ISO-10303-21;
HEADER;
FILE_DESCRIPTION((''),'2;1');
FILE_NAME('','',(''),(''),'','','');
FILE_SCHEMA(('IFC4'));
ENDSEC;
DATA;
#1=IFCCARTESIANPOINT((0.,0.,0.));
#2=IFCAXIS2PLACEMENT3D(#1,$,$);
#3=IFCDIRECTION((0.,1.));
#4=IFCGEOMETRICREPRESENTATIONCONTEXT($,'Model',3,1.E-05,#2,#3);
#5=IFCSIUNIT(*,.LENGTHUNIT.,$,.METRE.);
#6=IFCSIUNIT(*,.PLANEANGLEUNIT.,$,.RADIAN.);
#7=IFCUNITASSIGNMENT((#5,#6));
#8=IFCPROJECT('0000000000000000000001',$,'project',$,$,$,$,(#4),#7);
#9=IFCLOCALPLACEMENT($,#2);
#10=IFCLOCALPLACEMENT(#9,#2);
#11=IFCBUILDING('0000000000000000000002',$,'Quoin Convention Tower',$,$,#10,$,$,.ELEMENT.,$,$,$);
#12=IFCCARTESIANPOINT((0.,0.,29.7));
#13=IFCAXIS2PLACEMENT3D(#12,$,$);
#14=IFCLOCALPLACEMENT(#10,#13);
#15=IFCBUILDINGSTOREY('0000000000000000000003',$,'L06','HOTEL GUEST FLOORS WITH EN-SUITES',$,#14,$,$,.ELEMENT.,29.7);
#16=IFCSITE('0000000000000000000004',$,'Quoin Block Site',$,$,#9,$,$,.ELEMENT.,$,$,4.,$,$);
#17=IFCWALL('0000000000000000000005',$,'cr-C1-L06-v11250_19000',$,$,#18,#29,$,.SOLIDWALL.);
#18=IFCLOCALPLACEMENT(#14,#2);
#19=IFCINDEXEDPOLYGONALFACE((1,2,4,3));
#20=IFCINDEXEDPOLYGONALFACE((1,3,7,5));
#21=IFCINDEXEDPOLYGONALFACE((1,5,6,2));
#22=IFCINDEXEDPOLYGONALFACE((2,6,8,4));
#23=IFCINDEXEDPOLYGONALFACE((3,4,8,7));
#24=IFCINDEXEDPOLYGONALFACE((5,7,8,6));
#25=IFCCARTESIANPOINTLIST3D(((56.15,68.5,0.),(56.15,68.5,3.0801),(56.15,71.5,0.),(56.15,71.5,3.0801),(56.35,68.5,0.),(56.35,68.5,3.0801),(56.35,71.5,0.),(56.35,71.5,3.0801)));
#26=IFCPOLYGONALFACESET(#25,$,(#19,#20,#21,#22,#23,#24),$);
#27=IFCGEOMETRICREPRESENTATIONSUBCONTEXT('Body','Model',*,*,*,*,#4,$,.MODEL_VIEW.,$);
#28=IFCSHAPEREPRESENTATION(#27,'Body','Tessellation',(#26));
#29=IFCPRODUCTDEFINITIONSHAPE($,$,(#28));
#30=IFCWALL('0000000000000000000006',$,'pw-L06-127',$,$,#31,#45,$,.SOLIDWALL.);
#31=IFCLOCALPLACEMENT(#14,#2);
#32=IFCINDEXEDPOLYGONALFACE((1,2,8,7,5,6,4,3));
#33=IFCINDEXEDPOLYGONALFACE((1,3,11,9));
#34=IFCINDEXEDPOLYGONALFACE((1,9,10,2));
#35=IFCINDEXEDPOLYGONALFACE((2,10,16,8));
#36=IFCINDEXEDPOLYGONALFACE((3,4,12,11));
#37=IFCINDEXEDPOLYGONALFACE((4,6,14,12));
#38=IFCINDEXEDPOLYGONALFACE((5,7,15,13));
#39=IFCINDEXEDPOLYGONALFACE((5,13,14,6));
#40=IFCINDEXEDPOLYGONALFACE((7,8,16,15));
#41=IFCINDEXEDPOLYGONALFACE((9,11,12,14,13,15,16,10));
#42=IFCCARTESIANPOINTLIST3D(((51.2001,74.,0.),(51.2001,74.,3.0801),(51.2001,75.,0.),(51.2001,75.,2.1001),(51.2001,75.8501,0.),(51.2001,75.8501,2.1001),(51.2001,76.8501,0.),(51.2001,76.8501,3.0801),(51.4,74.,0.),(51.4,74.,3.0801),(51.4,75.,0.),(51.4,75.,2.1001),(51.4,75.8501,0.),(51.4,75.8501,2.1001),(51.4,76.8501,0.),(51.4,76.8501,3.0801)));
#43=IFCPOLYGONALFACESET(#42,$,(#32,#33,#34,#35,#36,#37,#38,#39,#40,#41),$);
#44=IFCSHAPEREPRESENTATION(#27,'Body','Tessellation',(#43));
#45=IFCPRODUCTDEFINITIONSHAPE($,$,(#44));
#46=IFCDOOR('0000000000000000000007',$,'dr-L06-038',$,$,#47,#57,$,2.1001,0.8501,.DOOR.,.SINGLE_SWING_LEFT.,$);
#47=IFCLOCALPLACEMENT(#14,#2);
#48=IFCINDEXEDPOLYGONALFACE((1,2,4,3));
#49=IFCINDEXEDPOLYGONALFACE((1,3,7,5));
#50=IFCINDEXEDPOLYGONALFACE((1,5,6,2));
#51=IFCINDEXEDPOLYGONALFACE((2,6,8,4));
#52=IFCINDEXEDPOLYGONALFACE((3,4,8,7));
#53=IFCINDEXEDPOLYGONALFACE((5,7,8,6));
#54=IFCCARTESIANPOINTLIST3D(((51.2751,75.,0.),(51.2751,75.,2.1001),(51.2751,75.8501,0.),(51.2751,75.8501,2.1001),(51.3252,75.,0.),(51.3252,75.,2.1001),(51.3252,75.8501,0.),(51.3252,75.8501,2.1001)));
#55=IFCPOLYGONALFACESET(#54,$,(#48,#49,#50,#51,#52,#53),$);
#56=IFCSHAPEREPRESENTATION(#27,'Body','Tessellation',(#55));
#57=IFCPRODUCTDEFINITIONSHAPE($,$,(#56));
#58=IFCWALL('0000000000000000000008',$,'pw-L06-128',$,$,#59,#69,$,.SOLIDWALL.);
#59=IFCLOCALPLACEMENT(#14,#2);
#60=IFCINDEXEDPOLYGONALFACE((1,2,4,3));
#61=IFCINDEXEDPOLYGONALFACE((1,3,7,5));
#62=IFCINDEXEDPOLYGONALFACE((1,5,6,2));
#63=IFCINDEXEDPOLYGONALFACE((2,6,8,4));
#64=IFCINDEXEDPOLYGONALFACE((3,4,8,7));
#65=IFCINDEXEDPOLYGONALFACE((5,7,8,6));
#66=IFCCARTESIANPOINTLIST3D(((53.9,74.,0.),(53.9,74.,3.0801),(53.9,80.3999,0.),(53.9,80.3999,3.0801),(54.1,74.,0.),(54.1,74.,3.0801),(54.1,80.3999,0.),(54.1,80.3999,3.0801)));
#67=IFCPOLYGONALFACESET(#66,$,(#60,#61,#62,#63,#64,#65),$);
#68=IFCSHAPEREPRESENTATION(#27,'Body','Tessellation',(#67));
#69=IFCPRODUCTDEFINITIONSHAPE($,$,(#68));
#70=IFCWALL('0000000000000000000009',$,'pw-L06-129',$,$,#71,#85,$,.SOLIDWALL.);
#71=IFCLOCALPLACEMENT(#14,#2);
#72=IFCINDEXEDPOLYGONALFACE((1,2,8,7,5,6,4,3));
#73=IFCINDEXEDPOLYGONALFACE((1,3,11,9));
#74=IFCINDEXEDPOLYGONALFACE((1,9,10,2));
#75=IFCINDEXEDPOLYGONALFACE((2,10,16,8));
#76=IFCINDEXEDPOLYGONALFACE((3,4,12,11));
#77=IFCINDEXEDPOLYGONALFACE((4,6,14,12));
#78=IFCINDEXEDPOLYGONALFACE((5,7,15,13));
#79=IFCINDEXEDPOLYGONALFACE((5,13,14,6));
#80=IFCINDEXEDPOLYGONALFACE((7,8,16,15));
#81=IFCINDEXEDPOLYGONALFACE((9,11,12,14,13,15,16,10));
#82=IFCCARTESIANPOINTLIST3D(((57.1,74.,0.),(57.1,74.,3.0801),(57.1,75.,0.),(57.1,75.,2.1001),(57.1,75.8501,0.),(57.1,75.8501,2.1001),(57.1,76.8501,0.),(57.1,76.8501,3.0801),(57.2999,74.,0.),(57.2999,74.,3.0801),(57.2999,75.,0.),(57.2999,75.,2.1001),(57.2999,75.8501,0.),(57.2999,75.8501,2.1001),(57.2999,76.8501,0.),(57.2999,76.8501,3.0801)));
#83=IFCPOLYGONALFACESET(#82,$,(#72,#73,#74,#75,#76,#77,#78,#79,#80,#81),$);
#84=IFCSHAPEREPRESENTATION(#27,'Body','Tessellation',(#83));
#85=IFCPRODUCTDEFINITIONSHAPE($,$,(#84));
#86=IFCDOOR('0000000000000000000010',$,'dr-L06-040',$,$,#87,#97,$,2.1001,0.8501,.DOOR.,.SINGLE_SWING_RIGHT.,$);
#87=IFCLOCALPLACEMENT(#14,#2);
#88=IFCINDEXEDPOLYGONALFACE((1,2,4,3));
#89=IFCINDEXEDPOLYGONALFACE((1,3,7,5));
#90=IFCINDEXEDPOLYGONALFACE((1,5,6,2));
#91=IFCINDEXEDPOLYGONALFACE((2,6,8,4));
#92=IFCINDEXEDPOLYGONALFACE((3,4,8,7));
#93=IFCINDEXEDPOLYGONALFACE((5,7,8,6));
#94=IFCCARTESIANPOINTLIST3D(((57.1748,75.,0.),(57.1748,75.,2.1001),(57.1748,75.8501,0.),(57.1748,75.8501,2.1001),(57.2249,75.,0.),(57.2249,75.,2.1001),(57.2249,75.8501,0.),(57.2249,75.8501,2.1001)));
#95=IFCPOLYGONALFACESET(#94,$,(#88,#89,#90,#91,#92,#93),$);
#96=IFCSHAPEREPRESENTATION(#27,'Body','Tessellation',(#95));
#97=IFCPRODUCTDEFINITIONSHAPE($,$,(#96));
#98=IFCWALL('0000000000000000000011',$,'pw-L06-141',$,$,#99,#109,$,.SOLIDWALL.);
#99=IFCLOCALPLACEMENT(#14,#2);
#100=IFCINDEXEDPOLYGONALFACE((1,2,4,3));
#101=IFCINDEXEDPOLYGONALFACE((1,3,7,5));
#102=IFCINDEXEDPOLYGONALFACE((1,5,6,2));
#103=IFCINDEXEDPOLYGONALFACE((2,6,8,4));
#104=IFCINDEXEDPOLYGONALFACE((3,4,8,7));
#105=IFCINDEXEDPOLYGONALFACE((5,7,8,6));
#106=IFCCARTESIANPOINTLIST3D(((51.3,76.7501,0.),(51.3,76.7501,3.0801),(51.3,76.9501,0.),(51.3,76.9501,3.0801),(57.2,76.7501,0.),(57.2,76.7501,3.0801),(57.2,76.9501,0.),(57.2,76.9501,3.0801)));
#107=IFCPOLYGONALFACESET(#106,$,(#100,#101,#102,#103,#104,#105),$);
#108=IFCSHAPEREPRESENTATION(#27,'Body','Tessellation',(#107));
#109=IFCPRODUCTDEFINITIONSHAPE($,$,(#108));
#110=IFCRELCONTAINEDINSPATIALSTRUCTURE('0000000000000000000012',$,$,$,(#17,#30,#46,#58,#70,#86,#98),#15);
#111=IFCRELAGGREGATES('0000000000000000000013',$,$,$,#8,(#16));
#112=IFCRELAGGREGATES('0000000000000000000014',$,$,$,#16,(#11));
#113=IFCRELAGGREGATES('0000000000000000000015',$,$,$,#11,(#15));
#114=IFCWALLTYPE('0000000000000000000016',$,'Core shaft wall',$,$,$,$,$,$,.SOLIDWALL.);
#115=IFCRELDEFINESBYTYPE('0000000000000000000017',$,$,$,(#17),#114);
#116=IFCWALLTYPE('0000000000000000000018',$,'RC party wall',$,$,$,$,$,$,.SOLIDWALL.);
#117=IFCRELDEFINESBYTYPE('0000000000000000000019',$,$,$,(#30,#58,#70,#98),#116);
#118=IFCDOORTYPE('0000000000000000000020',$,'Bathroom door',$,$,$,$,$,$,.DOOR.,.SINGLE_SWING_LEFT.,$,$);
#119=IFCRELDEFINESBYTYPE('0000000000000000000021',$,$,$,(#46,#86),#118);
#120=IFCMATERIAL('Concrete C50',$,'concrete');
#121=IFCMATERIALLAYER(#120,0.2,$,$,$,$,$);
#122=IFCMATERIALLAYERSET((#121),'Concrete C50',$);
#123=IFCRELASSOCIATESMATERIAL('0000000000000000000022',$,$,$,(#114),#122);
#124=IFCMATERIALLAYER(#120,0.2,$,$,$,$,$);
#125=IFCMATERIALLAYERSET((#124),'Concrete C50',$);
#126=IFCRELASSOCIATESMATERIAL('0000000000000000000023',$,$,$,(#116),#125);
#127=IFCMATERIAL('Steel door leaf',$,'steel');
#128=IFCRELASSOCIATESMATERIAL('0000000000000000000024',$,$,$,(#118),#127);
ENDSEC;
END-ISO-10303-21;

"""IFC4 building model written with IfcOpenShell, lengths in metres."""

from ifc_helpers import new_model, si_unit, direction, frame, frame_2d, origin, place, context, subcontext, project, spatial, rectangle, extrude, material, layer, layer_set, type_object, element, fill, save


model = new_model("IFC4")

# Units and contexts
model_context = context("Model", 3, precision=1e-05, world=origin(), true_north=direction((0.0, 1.0)))
body_context = subcontext(model_context, "Body", "Model", "MODEL_VIEW")
ifc_project = project(units=[si_unit("LENGTHUNIT", "METRE"), si_unit("PLANEANGLEUNIT", "RADIAN")], contexts=[model_context])

# Site, building, storey
site_placement = place(None, origin())
site = spatial("IfcSite", under=ifc_project, at=site_placement, Name="Quoin Block Site", CompositionType="ELEMENT", RefElevation=4.0)
building_placement = place(site_placement, origin())
building = spatial("IfcBuilding", under=site, at=building_placement, Name="Quoin Convention Tower", CompositionType="ELEMENT")
storey_placement = place(building_placement, frame((0.0, 0.0, 29.7)))
storey = spatial("IfcBuildingStorey", under=building, at=storey_placement, Name="L06", Description="HOTEL GUEST FLOORS WITH EN-SUITES", CompositionType="ELEMENT", Elevation=29.7)

# Shared definitions
ifc_material_1 = material(Name="Concrete C50", Category="concrete")
ifc_layer_1 = layer(ifc_material_1, 0.2)
ifc_layer_set_1 = layer_set([ifc_layer_1], Name="Concrete C50")
wall_type_1 = type_object("IfcWallType", Name="Core shaft wall", PredefinedType="SOLIDWALL", material=ifc_layer_set_1)

# Shared definitions
ifc_material_2 = material(Name="Steel door leaf", Category="steel")

# Wall
for number, where, z_axis, x_axis, name in (
    (1, (56.25, 68.5, 0.0), (0.0, 0.0, 1.0), (0.0, 1.0, 0.0), "cr-C1-L06-v11250_19000"),
):
    element("IfcWall", number, at=place(storey_placement, frame(where, z_axis=z_axis, x_axis=x_axis)), inside=storey, type_object=wall_type_1, Name=name, PredefinedType="SOLIDWALL", context=body_context, shape_type="SweptSolid", body=[
        extrude(rectangle(XDim=3.0, YDim=0.2, at=frame_2d((1.5, 0.0))), origin(), (0.0, 0.0, 1.0), 3.0801),
    ])

# Wall, opening, door
ifc_layer_2 = layer(ifc_material_1, 0.2)
ifc_layer_set_2 = layer_set([ifc_layer_2], Name="Concrete C50")
wall_type_2 = type_object("IfcWallType", Name="RC party wall", PredefinedType="SOLIDWALL", material=ifc_layer_set_2)
wall_1_placement = place(storey_placement, frame((51.3, 74.0, 0.0), z_axis=(0.0, 0.0, 1.0), x_axis=(0.0, 1.0, 0.0)))
wall_1 = element("IfcWall", 2, at=wall_1_placement, inside=storey, type_object=wall_type_2, Name="pw-L06-127", PredefinedType="SOLIDWALL", context=body_context, shape_type="SweptSolid", body=[
    extrude(rectangle(XDim=2.8501, YDim=0.2, at=frame_2d((1.425, 0.0))), origin(), (0.0, 0.0, 1.0), 3.0801),
])
opening_1_placement = place(wall_1_placement, frame((1.0, 0.0, 0.0)))
opening_1 = element("IfcOpeningElement", 3, at=opening_1_placement, cuts=wall_1, PredefinedType="OPENING", context=body_context, shape_type="SweptSolid", body=[
    extrude(rectangle(XDim=0.8501, YDim=2.1001, at=frame_2d((0.425, 1.05))), frame((0.0, 0.1099, 0.0), z_axis=(0.0, -1.0, 0.0), x_axis=(1.0, 0.0, 0.0)), (0.0, 0.0, 1.0), 0.22),
])
door_type_1 = type_object("IfcDoorType", Name="Bathroom door", OperationType="SINGLE_SWING_LEFT", PredefinedType="DOOR", material=ifc_material_2)
door_1_placement = place(opening_1_placement, origin())
door_1 = element("IfcDoor", 4, at=door_1_placement, inside=storey, type_object=door_type_1, Name="dr-L06-038", OperationType="SINGLE_SWING_LEFT", OverallHeight=2.1001, OverallWidth=0.8501, PredefinedType="DOOR", context=body_context, shape_type="SweptSolid", body=[
    extrude(rectangle(XDim=0.8501, YDim=2.1001, at=frame_2d((0.425, 1.05))), frame((0.0, 0.0249, 0.0), z_axis=(0.0, -1.0, 0.0), x_axis=(1.0, 0.0, 0.0)), (0.0, 0.0, 1.0), 0.05),
])
fill(opening_1, door_1)

# Wall
wall_2_placement = place(storey_placement, frame((54.0, 74.0, 0.0), z_axis=(0.0, 0.0, 1.0), x_axis=(0.0, 1.0, 0.0)))
element("IfcWall", 5, at=wall_2_placement, inside=storey, type_object=wall_type_2, Name="pw-L06-128", PredefinedType="SOLIDWALL", context=body_context, shape_type="SweptSolid", body=[
    extrude(rectangle(XDim=6.3999, YDim=0.2, at=frame_2d((3.2, 0.0))), origin(), (0.0, 0.0, 1.0), 3.0801),
])

# Wall, opening, door
wall_3_placement = place(storey_placement, frame((57.2, 74.0, 0.0), z_axis=(0.0, 0.0, 1.0), x_axis=(0.0, 1.0, 0.0)))
wall_3 = element("IfcWall", 6, at=wall_3_placement, inside=storey, type_object=wall_type_2, Name="pw-L06-129", PredefinedType="SOLIDWALL", context=body_context, shape_type="SweptSolid", body=[
    extrude(rectangle(XDim=2.8501, YDim=0.2, at=frame_2d((1.425, 0.0))), origin(), (0.0, 0.0, 1.0), 3.0801),
])
opening_2_placement = place(wall_3_placement, frame((1.0, 0.0, 0.0)))
opening_2 = element("IfcOpeningElement", 7, at=opening_2_placement, cuts=wall_3, PredefinedType="OPENING", context=body_context, shape_type="SweptSolid", body=[
    extrude(rectangle(XDim=0.8501, YDim=2.1001, at=frame_2d((0.425, 1.05))), frame((0.0, 0.1099, 0.0), z_axis=(0.0, -1.0, 0.0), x_axis=(1.0, 0.0, 0.0)), (0.0, 0.0, 1.0), 0.22),
])
door_2_placement = place(opening_2_placement, frame((0.8501, 0.0, 0.0), z_axis=(0.0, 0.0, 1.0), x_axis=(-1.0, 0.0, 0.0)))
door_2 = element("IfcDoor", 8, at=door_2_placement, inside=storey, type_object=door_type_1, Name="dr-L06-040", OperationType="SINGLE_SWING_RIGHT", OverallHeight=2.1001, OverallWidth=0.8501, PredefinedType="DOOR", context=body_context, shape_type="SweptSolid", body=[
    extrude(rectangle(XDim=0.8501, YDim=2.1001, at=frame_2d((0.425, 1.05))), frame((0.0, 0.0249, 0.0), z_axis=(0.0, -1.0, 0.0), x_axis=(1.0, 0.0, 0.0)), (0.0, 0.0, 1.0), 0.05),
])
fill(opening_2, door_2)

# Wall
wall_4_placement = place(storey_placement, frame((51.3, 76.8501, 0.0), z_axis=(0.0, 0.0, 1.0), x_axis=(1.0, 0.0, 0.0)))
element("IfcWall", 9, at=wall_4_placement, inside=storey, type_object=wall_type_2, Name="pw-L06-141", PredefinedType="SOLIDWALL", context=body_context, shape_type="SweptSolid", body=[
    extrude(rectangle(XDim=5.8999, YDim=0.2, at=frame_2d((2.95, 0.0))), origin(), (0.0, 0.0, 1.0), 3.0801),
])

save(model, "model.ifc")
